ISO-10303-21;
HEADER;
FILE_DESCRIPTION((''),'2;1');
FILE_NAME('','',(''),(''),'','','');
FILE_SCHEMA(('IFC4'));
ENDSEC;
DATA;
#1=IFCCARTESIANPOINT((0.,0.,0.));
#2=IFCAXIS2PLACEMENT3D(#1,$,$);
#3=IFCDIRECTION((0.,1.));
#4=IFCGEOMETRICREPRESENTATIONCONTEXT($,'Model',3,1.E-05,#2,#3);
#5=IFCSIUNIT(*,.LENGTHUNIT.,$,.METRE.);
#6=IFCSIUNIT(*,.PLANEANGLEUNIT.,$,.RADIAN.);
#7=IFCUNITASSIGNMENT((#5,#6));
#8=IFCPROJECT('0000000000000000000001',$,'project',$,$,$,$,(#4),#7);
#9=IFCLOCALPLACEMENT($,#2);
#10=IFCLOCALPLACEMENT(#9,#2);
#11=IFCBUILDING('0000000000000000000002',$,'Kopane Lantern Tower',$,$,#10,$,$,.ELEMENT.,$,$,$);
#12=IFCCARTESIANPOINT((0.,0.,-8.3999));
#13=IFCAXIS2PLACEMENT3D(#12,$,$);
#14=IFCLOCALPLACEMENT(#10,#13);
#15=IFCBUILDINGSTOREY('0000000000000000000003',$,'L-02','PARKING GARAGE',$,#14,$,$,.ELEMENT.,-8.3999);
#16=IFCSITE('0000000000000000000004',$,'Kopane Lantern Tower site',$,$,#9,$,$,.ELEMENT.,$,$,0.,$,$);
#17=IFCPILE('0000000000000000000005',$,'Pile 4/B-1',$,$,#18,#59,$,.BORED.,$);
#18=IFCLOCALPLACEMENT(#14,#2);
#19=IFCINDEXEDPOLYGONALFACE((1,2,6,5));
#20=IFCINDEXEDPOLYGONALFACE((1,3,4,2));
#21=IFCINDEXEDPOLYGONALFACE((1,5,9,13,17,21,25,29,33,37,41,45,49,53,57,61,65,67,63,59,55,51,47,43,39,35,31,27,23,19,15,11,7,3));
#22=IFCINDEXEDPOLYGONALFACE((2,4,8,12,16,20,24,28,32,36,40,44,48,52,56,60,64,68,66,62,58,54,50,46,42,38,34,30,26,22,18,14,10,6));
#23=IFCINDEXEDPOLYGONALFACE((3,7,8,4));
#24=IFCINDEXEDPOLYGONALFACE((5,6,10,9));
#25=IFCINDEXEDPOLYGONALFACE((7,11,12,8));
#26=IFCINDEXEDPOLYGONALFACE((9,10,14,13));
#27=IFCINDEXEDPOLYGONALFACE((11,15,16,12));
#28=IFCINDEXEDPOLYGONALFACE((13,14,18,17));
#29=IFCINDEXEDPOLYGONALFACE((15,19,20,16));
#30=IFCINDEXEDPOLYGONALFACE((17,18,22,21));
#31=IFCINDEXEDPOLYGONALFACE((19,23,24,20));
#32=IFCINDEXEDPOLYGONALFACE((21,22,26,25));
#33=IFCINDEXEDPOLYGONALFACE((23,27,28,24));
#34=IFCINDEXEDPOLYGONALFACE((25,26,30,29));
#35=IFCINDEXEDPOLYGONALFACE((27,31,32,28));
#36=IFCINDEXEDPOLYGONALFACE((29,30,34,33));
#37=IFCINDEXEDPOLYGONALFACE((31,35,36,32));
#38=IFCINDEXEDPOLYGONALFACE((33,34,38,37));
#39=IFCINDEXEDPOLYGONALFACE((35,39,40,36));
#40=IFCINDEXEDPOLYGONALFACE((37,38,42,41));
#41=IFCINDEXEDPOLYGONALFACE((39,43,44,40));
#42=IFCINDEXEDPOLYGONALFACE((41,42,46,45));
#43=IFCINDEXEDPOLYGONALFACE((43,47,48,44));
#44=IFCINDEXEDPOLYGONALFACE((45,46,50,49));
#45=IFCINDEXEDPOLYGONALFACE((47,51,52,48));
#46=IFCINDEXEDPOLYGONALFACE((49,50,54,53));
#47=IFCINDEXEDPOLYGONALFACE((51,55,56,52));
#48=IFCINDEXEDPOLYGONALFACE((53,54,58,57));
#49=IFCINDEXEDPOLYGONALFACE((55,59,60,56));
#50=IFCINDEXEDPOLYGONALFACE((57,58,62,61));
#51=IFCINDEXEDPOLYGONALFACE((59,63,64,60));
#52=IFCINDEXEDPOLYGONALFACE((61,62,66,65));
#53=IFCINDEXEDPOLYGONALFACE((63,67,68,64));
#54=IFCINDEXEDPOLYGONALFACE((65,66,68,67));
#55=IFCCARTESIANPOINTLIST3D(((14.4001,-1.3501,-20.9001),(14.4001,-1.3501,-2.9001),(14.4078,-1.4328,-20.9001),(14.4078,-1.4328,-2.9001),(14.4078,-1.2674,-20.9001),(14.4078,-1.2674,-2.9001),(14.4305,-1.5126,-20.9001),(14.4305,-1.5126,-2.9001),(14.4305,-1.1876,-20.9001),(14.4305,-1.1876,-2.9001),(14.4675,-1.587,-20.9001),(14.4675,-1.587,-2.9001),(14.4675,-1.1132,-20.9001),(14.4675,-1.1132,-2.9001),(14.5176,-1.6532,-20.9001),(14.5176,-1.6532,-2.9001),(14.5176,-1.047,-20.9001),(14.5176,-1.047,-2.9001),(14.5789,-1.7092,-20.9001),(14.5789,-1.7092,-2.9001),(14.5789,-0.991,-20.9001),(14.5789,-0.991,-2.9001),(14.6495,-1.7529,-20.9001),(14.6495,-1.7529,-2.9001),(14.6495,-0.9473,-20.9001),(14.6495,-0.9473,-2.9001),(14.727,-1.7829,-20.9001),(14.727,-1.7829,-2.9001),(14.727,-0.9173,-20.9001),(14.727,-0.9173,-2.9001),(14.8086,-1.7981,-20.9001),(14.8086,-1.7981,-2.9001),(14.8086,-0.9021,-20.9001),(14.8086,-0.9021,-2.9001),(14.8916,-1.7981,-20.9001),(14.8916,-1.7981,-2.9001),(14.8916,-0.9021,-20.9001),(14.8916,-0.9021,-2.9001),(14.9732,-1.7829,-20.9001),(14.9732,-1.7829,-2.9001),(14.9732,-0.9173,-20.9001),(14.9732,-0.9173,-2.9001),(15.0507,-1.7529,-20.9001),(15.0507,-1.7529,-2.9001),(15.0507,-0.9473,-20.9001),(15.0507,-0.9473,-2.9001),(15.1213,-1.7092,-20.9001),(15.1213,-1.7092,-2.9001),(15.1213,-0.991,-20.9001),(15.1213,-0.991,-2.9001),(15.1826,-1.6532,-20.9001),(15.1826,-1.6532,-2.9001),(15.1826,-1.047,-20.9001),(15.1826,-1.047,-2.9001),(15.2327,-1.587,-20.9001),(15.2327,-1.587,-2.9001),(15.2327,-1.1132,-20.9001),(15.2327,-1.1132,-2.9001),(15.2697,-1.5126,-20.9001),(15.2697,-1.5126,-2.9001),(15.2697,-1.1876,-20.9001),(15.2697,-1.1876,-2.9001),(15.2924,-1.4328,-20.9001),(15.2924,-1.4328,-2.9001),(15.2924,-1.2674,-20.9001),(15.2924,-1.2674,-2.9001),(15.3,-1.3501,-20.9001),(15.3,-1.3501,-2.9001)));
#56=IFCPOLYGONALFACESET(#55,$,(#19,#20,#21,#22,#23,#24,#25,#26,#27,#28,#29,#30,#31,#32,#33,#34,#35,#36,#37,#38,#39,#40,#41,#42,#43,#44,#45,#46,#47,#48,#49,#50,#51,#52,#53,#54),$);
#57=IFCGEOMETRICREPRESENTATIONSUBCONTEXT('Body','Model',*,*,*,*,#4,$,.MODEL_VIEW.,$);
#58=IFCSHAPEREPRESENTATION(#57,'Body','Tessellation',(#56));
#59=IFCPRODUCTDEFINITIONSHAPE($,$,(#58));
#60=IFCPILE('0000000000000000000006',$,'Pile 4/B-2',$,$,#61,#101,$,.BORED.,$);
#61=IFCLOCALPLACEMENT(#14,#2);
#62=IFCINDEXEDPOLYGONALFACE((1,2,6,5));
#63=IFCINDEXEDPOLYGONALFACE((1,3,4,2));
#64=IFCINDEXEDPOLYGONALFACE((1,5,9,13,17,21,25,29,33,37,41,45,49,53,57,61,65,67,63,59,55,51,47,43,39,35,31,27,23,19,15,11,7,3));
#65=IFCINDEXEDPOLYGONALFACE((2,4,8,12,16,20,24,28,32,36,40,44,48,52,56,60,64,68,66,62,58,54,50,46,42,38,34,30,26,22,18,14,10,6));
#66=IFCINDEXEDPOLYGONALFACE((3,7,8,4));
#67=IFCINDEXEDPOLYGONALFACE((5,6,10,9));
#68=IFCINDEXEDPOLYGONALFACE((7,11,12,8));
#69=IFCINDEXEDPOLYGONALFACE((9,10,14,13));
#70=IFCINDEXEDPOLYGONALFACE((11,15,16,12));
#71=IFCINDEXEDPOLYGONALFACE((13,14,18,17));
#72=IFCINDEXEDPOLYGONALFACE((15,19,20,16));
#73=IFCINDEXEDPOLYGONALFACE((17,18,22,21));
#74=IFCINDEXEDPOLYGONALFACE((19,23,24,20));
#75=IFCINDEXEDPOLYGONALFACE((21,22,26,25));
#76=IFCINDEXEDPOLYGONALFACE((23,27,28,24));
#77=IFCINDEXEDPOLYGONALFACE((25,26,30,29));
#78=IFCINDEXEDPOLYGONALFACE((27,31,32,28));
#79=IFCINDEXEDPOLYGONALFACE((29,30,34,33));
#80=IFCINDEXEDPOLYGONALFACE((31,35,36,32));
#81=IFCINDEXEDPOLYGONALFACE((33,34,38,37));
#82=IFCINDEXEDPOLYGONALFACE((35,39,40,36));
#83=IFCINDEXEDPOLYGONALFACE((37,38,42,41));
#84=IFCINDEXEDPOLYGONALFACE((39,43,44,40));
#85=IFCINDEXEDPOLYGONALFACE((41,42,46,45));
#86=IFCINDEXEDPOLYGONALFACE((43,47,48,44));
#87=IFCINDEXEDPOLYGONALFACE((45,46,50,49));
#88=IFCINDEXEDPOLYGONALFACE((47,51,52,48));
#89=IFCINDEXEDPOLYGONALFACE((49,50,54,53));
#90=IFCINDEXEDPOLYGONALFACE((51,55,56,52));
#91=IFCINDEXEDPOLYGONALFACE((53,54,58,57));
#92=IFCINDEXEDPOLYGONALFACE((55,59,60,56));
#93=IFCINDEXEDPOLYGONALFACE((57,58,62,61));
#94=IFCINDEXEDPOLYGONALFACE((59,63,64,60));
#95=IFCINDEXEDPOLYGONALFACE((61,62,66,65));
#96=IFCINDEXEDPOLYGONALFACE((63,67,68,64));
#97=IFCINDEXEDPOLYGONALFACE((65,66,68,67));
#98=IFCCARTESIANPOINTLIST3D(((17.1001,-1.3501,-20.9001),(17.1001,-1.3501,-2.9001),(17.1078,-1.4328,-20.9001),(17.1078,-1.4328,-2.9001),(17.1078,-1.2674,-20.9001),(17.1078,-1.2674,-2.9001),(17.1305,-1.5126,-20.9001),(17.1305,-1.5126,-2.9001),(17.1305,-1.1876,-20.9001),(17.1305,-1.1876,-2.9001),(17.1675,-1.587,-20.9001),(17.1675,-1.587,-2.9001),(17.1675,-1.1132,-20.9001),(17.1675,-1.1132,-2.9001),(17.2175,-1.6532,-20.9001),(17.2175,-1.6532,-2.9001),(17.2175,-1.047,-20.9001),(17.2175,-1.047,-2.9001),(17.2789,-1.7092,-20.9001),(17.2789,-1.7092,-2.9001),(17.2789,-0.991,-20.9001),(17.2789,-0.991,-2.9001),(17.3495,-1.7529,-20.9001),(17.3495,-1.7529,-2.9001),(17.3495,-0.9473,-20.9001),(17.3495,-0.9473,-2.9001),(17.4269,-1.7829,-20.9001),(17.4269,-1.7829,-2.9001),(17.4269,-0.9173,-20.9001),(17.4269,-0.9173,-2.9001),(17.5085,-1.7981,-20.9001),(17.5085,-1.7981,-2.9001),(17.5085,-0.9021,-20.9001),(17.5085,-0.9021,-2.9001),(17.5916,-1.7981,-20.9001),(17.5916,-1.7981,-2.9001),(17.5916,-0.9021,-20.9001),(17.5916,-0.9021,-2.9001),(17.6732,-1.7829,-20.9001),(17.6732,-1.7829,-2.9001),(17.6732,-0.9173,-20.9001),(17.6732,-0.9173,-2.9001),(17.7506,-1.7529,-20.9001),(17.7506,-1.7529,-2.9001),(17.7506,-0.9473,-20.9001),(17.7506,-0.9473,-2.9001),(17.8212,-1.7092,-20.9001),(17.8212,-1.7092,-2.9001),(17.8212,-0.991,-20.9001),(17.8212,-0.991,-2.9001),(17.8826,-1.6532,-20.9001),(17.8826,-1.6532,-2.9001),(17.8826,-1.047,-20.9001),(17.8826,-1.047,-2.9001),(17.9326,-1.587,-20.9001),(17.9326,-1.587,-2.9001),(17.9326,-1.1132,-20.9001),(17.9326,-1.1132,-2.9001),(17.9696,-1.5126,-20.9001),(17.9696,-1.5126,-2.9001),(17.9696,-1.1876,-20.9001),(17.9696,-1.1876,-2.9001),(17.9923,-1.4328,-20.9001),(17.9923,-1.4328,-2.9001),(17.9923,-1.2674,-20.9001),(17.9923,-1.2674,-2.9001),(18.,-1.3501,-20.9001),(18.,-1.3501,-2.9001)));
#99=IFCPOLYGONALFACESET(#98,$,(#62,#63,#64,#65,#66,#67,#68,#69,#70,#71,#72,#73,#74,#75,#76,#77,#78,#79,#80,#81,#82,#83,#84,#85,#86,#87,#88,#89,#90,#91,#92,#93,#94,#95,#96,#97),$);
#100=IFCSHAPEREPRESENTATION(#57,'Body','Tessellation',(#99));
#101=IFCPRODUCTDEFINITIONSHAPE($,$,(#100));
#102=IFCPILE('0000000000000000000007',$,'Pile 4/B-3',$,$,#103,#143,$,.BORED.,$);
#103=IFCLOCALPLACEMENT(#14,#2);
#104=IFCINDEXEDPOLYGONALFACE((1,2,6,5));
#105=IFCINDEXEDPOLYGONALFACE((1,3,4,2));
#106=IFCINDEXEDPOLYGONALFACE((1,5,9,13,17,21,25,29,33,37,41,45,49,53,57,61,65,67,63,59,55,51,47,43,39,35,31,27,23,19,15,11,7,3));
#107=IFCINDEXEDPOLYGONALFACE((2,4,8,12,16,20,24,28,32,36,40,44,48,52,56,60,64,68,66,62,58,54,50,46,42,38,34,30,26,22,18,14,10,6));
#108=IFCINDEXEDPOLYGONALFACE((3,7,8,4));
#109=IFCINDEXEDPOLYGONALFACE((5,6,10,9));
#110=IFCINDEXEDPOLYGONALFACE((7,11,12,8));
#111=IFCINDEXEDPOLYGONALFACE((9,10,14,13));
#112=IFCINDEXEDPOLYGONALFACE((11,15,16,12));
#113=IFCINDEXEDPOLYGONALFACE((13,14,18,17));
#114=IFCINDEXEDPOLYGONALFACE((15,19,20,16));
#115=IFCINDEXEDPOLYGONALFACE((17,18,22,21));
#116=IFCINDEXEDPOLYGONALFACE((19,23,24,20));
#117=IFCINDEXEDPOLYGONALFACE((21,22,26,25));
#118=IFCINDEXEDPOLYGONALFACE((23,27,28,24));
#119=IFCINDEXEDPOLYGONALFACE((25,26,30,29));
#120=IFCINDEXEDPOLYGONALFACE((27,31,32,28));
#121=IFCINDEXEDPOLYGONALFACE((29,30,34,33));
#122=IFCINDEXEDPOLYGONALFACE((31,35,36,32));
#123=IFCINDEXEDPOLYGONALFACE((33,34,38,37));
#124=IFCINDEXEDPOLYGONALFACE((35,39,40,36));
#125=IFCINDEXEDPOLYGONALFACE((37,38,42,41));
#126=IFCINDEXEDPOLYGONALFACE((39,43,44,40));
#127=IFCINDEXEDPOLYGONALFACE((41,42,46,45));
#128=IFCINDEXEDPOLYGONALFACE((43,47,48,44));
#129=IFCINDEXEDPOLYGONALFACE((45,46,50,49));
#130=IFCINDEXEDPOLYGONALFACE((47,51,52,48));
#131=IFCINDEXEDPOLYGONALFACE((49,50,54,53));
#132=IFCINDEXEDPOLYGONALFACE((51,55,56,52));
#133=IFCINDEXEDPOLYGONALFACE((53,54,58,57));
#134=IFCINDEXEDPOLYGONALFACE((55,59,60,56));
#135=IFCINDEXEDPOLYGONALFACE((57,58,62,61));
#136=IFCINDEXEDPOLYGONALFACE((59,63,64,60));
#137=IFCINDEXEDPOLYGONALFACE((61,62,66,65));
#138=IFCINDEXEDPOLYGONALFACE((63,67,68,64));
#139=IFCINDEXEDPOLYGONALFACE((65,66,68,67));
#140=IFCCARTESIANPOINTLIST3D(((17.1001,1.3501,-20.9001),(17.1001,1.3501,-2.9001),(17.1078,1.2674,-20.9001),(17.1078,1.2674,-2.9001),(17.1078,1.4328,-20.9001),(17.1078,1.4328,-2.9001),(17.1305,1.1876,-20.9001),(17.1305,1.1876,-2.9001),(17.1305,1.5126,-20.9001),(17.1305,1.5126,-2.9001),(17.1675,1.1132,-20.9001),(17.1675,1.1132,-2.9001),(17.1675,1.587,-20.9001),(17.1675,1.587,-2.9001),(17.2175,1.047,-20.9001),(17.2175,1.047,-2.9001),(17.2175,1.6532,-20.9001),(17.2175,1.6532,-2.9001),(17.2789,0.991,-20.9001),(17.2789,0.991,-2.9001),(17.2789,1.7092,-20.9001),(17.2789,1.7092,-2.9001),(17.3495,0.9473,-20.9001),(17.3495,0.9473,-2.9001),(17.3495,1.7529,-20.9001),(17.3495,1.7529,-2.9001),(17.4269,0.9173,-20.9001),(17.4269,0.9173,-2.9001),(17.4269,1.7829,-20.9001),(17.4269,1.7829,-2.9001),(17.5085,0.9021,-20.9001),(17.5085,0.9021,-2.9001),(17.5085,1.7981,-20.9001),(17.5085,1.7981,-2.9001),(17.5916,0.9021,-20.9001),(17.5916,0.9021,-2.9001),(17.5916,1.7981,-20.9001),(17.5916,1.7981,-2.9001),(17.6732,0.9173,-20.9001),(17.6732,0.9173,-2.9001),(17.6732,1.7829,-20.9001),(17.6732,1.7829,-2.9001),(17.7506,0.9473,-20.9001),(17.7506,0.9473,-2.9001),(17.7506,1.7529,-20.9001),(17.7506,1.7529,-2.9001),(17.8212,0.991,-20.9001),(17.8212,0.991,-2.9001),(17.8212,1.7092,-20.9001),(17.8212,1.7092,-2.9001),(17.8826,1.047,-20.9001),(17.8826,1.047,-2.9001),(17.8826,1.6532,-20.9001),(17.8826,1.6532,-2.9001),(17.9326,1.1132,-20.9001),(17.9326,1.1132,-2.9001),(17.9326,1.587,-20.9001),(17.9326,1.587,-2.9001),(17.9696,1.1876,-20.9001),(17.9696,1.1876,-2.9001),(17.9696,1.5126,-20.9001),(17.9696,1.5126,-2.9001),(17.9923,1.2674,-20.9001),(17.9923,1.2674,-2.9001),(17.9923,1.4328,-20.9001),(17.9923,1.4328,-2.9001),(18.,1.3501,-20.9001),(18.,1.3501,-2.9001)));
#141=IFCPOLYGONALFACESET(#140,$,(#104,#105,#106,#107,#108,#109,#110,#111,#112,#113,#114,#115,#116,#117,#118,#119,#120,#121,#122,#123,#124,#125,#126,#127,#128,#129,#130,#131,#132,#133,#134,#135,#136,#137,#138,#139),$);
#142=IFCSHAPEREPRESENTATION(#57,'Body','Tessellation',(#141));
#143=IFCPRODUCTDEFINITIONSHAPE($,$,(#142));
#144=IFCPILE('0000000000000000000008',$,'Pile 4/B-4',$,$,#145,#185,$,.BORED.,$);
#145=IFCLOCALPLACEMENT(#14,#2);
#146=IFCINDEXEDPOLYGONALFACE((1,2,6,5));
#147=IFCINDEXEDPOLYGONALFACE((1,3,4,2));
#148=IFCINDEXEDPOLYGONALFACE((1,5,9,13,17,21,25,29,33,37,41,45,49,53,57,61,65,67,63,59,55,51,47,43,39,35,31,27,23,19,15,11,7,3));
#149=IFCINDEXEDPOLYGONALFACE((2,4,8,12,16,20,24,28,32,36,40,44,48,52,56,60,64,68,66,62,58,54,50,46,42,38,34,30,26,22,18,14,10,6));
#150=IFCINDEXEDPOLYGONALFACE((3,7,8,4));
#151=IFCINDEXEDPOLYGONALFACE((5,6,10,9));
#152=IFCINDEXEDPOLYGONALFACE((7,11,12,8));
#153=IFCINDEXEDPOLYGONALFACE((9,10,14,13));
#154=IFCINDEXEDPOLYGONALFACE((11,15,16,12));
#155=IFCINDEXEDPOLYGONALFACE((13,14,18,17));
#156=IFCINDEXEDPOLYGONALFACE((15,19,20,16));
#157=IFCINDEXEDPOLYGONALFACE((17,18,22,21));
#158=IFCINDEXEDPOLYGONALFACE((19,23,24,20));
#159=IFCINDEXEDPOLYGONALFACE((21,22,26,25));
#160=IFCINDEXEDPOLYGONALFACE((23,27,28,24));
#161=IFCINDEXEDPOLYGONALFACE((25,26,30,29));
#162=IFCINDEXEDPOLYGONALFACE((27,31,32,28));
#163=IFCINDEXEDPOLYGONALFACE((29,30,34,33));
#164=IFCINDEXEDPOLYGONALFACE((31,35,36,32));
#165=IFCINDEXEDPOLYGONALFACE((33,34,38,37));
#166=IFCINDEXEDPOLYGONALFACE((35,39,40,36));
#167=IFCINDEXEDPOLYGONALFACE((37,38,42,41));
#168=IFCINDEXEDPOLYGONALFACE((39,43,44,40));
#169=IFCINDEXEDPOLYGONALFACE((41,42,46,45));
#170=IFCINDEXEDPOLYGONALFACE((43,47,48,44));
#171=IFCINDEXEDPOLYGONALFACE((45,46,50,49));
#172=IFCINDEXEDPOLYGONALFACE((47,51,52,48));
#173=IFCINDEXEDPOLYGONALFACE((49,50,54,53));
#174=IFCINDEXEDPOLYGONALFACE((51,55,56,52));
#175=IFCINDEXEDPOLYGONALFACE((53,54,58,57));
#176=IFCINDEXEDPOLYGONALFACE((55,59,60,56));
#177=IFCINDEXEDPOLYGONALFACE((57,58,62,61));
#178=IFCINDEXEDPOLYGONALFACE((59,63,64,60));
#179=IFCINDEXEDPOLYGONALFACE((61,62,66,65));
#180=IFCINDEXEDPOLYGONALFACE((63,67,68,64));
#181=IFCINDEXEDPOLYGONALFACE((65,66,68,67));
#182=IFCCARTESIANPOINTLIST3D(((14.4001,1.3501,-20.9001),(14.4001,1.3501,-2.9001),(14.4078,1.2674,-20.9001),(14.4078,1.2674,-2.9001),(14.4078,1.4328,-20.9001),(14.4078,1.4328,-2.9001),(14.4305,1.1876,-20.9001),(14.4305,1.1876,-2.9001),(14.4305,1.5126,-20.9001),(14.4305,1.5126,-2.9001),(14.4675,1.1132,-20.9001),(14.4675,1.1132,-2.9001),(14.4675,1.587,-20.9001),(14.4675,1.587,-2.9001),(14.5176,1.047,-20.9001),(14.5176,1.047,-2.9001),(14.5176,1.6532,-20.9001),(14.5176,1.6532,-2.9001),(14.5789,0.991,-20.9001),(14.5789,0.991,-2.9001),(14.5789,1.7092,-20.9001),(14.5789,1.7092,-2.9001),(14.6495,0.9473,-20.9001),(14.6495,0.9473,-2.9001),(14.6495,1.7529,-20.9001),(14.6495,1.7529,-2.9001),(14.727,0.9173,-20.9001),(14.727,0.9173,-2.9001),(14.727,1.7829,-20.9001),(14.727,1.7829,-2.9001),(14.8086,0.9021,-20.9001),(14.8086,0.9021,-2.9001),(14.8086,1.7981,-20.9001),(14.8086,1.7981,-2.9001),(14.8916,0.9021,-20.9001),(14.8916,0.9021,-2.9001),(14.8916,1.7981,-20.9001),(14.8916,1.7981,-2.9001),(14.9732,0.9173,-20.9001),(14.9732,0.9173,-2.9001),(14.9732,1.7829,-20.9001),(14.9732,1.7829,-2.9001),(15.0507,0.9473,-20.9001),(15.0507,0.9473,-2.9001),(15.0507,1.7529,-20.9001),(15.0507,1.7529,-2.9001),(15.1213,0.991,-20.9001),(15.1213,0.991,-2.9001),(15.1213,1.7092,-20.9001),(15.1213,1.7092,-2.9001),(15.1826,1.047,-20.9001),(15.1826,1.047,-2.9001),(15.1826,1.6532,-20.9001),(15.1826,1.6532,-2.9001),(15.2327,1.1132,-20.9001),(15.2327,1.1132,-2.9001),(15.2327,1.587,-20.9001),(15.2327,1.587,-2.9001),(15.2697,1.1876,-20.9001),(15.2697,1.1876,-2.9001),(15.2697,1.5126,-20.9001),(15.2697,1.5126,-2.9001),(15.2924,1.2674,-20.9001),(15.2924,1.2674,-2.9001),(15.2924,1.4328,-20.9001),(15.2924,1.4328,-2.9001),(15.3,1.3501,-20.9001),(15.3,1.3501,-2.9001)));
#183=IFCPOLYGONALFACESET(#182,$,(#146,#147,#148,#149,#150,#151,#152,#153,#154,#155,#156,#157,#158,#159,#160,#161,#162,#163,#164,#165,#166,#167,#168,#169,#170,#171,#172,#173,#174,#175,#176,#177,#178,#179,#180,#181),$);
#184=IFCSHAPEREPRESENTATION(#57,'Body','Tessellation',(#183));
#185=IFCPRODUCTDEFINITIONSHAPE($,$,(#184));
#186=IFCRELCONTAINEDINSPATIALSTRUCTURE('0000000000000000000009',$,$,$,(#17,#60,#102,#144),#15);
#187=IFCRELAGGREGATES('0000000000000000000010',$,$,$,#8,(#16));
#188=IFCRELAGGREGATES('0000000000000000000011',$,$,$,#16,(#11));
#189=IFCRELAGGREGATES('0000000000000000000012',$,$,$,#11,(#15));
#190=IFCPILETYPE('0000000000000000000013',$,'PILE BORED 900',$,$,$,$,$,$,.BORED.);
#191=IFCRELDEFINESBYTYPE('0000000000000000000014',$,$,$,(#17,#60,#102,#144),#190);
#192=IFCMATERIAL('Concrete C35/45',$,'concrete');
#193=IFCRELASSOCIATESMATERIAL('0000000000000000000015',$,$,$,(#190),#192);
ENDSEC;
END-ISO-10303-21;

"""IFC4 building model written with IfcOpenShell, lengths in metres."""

from ifc_helpers import new_model, si_unit, direction, frame, origin, origin_2d, place, context, subcontext, project, spatial, circle, extrude, material, material_profile, profile_set, type_object, element, save


model = new_model("IFC4")

# Units and contexts
model_context = context("Model", 3, precision=1e-05, world=origin(), true_north=direction((0.0, 1.0)))
body_context = subcontext(model_context, "Body", "Model", "MODEL_VIEW")
ifc_project = project(units=[si_unit("LENGTHUNIT", "METRE"), si_unit("PLANEANGLEUNIT", "RADIAN")], contexts=[model_context])

# Site, building, storey
site_placement = place(None, origin())
site = spatial("IfcSite", under=ifc_project, at=site_placement, Name="Kopane Lantern Tower site", CompositionType="ELEMENT", RefElevation=0.0)
building_placement = place(site_placement, origin())
building = spatial("IfcBuilding", under=site, at=building_placement, Name="Kopane Lantern Tower", CompositionType="ELEMENT")
storey_placement = place(building_placement, frame((0.0, 0.0, -8.3999)))
storey = spatial("IfcBuildingStorey", under=building, at=storey_placement, Name="L-02", Description="PARKING GARAGE", CompositionType="ELEMENT", Elevation=-8.3999)

# Piles
ifc_material_1 = material(Name="Concrete C35/45", Category="concrete")
ifc_material_profile_1 = material_profile(ifc_material_1, circle(Radius=0.45, at=origin_2d()), Name="D900")
ifc_profile_set_1 = profile_set([ifc_material_profile_1], Name="Concrete C35/45")
pile_type = type_object("IfcPileType", Name="PILE BORED 900", PredefinedType="BORED", material=ifc_profile_set_1)
for number, where, z_axis, x_axis, name in (
    (1, (14.8501, -1.3501, -2.9001), (0.0, 0.0, -1.0), (1.0, 0.0, 0.0), "Pile 4/B-1"),
    (2, (17.55, -1.3501, -2.9001), (0.0, 0.0, -1.0), (1.0, 0.0, 0.0), "Pile 4/B-2"),
    (3, (17.55, 1.3501, -2.9001), (0.0, 0.0, -1.0), (1.0, 0.0, 0.0), "Pile 4/B-3"),
    (4, (14.8501, 1.3501, -2.9001), (0.0, 0.0, -1.0), (1.0, 0.0, 0.0), "Pile 4/B-4"),
):
    element("IfcPile", number, at=place(storey_placement, frame(where, z_axis=z_axis, x_axis=x_axis)), inside=storey, type_object=pile_type, Name=name, PredefinedType="BORED", context=body_context, shape_type="SweptSolid", body=[
        extrude(circle(Radius=0.45, at=origin_2d()), origin(), (0.0, 0.0, 1.0), 18.0),
    ])

save(model, "model.ifc")
